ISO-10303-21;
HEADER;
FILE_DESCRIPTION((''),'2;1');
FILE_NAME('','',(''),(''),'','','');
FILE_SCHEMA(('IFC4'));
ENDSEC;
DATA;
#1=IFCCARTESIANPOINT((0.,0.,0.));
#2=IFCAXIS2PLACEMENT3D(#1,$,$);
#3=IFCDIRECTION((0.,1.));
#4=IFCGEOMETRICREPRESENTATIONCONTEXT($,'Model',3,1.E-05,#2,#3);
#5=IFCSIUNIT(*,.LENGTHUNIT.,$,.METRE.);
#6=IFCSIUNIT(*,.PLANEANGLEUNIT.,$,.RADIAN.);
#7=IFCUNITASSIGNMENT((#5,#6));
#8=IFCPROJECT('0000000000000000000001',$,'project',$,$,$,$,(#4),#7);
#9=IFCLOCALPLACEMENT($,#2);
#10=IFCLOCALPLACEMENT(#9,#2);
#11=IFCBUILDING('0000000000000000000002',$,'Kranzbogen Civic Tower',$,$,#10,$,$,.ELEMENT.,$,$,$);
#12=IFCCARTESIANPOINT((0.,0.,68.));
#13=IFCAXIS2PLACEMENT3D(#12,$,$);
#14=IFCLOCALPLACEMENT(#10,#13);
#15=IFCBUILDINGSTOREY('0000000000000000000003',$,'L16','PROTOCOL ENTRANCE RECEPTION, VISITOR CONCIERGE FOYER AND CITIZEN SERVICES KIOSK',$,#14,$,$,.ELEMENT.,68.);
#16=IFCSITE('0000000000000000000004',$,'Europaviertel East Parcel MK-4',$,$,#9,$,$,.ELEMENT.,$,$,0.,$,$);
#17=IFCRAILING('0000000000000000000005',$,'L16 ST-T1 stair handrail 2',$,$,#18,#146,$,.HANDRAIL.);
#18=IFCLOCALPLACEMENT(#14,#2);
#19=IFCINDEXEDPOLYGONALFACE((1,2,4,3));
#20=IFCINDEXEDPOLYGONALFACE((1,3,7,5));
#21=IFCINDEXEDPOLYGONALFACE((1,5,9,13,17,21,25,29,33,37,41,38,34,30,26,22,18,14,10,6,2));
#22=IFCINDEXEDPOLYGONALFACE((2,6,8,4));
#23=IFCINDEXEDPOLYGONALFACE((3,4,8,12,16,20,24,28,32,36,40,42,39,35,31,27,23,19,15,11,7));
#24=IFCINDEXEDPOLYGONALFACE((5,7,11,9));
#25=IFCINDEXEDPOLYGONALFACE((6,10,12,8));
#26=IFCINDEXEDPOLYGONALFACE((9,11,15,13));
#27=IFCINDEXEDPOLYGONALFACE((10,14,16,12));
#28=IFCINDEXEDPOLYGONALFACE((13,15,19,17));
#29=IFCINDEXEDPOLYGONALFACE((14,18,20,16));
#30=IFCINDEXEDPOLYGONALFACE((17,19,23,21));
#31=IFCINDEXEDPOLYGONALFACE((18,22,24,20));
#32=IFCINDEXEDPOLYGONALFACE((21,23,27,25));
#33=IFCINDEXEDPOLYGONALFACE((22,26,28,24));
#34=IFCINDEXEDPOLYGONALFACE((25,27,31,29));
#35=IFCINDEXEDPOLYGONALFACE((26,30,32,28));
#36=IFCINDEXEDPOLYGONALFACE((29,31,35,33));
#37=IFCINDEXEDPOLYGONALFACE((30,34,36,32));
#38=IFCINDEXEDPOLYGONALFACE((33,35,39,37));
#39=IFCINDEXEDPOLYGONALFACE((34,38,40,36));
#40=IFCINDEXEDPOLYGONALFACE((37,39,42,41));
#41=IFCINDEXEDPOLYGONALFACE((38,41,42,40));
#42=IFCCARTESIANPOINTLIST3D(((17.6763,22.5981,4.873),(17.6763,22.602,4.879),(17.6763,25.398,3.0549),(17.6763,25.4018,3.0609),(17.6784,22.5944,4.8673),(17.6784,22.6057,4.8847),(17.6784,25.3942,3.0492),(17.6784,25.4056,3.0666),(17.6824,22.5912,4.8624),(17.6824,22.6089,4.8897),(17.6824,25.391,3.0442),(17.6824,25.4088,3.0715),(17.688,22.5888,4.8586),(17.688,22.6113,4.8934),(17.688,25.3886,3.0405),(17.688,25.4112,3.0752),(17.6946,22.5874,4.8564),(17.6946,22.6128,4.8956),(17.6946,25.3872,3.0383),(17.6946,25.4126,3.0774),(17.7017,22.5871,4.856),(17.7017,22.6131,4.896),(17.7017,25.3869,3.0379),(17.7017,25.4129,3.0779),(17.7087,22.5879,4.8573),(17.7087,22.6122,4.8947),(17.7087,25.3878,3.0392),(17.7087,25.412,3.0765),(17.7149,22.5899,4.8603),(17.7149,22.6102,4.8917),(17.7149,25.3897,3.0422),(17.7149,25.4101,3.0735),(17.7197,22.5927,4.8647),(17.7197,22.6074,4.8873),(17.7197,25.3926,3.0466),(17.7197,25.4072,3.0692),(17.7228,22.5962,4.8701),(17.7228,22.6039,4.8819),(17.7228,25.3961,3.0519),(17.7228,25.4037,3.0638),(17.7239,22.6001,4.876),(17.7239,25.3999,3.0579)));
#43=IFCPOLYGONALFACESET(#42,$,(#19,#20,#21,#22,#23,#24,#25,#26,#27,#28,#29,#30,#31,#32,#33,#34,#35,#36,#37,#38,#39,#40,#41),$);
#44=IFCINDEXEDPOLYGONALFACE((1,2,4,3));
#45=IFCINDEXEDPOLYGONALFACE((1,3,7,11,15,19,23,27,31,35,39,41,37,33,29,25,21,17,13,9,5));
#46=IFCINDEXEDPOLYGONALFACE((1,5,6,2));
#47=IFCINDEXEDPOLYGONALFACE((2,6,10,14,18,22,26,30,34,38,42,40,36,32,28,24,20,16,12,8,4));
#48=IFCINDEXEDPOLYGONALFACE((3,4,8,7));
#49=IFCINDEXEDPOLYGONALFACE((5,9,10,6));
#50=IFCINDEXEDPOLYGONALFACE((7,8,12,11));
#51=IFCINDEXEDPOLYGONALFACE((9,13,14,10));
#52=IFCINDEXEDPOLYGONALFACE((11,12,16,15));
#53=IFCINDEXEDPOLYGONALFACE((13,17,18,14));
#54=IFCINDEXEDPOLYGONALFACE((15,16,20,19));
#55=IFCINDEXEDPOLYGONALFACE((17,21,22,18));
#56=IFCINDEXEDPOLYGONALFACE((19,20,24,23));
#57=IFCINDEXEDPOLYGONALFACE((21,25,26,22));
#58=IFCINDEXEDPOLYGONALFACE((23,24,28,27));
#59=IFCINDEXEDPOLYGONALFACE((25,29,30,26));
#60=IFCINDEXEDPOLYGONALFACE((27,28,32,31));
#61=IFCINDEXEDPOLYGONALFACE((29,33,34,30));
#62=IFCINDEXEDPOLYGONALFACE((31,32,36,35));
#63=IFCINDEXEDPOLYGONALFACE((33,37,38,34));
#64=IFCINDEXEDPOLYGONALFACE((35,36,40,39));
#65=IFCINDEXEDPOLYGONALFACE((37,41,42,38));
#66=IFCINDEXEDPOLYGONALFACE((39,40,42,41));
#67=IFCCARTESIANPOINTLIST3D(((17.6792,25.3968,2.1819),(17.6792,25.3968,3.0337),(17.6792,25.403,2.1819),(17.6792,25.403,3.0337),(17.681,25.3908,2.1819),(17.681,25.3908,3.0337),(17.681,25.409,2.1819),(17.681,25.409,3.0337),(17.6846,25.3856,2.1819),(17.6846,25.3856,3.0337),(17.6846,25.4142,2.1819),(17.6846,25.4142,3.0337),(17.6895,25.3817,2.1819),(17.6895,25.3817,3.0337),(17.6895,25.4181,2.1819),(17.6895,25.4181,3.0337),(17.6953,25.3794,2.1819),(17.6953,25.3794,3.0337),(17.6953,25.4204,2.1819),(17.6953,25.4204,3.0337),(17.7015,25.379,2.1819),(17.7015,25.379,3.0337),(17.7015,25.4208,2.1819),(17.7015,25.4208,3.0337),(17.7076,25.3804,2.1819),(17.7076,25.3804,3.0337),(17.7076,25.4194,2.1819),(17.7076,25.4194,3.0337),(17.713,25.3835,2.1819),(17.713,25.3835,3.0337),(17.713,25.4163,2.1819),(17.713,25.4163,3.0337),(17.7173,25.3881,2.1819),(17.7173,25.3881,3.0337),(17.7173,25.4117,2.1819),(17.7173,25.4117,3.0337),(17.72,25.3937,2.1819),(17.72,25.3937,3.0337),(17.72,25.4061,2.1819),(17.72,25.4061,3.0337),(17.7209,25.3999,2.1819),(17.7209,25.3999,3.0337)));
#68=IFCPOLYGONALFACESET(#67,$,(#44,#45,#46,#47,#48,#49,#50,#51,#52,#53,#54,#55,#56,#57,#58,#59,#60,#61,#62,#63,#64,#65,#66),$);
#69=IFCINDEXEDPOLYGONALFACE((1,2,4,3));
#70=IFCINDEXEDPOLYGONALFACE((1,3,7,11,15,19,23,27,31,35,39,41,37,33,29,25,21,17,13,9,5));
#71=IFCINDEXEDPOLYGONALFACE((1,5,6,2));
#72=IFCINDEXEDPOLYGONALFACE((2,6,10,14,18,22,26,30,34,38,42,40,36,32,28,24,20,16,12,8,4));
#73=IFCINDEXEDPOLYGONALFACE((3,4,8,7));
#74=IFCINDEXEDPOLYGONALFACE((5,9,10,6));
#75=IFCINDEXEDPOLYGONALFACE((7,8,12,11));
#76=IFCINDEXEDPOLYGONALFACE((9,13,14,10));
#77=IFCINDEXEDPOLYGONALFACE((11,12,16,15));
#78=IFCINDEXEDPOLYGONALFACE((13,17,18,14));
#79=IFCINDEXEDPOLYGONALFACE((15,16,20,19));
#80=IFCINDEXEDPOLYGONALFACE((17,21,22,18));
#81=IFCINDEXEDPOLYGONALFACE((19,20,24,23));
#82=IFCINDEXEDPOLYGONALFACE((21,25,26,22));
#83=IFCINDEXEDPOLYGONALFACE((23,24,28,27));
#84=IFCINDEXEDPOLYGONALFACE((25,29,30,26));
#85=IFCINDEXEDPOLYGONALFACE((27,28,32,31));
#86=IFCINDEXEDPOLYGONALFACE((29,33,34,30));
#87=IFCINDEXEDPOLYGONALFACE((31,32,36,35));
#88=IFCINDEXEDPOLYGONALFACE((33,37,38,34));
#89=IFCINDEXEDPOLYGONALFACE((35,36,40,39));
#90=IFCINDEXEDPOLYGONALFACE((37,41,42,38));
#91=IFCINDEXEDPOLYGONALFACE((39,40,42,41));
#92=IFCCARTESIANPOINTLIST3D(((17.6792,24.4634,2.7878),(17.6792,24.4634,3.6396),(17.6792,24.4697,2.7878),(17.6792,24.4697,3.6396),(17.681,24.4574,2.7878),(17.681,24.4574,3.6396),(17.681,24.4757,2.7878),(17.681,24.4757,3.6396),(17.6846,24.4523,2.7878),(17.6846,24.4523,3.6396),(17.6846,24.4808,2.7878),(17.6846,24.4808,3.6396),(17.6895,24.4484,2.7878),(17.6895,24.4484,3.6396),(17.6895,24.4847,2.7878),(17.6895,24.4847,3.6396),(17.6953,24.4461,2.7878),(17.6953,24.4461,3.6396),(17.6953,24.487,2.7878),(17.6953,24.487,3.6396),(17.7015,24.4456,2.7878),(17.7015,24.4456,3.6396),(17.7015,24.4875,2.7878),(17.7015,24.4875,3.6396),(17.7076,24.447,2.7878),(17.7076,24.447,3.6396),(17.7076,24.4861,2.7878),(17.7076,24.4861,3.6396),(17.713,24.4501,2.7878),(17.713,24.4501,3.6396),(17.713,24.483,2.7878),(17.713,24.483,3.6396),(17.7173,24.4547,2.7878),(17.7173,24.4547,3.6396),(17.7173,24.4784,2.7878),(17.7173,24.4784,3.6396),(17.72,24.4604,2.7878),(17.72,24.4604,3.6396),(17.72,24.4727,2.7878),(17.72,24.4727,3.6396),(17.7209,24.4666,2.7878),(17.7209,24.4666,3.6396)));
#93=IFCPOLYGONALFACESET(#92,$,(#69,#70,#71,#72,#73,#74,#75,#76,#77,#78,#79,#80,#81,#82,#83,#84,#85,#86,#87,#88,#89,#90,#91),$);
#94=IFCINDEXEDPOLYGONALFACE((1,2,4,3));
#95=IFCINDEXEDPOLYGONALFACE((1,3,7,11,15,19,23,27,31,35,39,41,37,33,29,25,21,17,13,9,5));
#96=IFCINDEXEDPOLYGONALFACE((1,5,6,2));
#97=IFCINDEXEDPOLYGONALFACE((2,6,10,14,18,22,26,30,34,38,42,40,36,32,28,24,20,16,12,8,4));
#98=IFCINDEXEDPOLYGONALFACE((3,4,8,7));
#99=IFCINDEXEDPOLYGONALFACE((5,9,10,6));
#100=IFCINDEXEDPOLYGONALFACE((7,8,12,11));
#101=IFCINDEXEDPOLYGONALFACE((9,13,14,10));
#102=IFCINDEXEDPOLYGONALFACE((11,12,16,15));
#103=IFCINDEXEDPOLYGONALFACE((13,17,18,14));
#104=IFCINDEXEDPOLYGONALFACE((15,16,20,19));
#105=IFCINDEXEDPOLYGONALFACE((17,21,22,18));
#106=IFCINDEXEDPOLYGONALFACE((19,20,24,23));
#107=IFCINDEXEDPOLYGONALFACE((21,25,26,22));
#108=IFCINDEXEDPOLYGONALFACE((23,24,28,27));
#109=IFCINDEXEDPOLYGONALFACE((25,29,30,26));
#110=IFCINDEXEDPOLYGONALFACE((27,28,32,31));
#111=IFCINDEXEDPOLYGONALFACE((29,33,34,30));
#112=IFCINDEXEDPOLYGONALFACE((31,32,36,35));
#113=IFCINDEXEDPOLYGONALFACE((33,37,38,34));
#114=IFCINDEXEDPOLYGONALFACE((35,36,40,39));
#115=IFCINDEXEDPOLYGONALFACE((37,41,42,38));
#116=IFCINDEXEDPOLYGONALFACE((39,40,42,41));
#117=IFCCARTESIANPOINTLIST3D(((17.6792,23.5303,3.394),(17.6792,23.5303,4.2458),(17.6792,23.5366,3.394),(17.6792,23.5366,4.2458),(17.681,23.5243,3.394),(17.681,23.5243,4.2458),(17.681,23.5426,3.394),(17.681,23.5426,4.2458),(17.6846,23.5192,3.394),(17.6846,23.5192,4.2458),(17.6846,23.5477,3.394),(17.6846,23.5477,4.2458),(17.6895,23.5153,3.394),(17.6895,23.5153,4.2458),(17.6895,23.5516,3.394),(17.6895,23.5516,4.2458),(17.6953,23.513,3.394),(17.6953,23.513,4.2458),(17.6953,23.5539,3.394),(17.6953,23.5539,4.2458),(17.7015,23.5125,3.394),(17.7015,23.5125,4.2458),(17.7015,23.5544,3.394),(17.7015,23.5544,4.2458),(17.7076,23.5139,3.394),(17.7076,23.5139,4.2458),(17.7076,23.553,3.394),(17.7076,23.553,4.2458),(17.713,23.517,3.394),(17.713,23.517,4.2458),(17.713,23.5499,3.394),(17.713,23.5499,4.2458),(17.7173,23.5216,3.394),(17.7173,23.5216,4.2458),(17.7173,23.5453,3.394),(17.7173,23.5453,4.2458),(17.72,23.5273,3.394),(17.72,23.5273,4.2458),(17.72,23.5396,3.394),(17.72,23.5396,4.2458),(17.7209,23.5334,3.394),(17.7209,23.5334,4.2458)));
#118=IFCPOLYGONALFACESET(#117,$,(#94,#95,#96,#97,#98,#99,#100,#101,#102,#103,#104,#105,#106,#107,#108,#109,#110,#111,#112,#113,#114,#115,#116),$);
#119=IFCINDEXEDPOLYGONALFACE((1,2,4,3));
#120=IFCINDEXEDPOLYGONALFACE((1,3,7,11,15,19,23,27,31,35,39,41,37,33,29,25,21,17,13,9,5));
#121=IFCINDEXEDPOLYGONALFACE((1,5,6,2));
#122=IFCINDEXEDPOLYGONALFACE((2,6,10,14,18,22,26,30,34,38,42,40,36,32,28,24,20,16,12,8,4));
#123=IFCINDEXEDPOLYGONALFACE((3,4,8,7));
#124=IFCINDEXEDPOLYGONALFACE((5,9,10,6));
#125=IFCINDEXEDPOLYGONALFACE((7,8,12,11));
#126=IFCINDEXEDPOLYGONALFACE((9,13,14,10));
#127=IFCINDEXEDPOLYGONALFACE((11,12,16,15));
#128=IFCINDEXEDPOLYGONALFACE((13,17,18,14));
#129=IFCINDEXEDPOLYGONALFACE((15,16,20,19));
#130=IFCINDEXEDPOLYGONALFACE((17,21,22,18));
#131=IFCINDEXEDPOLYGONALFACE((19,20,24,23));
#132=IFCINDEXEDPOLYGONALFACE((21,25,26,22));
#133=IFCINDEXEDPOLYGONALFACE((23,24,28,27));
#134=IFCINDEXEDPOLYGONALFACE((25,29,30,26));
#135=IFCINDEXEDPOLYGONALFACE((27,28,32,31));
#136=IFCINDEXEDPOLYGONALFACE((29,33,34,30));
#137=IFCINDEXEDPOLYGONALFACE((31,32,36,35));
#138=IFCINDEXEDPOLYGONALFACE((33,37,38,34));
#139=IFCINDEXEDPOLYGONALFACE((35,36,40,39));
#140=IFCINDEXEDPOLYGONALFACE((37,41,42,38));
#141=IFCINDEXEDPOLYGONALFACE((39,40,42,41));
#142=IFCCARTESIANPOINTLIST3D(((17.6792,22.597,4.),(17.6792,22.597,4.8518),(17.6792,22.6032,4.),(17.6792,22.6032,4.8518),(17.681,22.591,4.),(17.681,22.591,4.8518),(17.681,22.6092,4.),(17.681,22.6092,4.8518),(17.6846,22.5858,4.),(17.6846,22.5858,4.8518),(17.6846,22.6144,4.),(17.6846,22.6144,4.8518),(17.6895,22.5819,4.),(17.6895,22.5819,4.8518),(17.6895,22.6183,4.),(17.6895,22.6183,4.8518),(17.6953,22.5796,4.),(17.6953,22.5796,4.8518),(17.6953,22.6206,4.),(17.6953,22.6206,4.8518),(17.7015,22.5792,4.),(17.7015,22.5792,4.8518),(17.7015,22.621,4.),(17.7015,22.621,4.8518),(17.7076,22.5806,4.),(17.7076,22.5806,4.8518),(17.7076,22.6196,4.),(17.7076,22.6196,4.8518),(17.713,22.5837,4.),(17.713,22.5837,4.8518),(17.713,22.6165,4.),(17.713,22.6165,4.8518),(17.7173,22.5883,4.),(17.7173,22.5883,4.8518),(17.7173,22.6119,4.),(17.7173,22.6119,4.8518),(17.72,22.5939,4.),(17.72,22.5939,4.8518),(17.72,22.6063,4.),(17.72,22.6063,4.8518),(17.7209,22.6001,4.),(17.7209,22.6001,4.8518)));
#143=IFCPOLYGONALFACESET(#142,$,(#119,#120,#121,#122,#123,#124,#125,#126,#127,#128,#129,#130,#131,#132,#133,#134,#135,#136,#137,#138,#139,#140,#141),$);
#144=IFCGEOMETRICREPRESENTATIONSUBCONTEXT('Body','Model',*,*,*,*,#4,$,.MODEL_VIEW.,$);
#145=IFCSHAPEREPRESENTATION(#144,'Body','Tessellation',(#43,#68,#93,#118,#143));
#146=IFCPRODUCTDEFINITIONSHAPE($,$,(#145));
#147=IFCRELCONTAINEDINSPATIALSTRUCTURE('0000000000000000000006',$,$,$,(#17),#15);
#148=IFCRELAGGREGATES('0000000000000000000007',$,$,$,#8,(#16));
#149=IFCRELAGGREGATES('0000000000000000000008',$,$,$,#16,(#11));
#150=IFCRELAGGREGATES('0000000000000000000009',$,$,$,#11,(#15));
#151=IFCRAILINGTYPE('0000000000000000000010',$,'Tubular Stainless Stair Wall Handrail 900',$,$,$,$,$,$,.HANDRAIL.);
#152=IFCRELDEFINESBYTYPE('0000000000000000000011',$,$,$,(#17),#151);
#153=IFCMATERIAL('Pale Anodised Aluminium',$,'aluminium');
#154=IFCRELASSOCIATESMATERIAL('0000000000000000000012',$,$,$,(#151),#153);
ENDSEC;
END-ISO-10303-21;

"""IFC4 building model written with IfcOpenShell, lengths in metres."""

from ifc_helpers import new_model, si_unit, direction, frame, origin, origin_2d, place, context, subcontext, project, spatial, circle, extrude, material, type_object, element, save


model = new_model("IFC4")

# Units and contexts
model_context = context("Model", 3, precision=1e-05, world=origin(), true_north=direction((0.0, 1.0)))
body_context = subcontext(model_context, "Body", "Model", "MODEL_VIEW")
ifc_project = project(units=[si_unit("LENGTHUNIT", "METRE"), si_unit("PLANEANGLEUNIT", "RADIAN")], contexts=[model_context])

# Site, building, storey
site_placement = place(None, origin())
site = spatial("IfcSite", under=ifc_project, at=site_placement, Name="Europaviertel East Parcel MK-4", CompositionType="ELEMENT", RefElevation=0.0)
building_placement = place(site_placement, origin())
building = spatial("IfcBuilding", under=site, at=building_placement, Name="Kranzbogen Civic Tower", CompositionType="ELEMENT")
storey_placement = place(building_placement, frame((0.0, 0.0, 68.0)))
storey = spatial("IfcBuildingStorey", under=building, at=storey_placement, Name="L16", Description="PROTOCOL ENTRANCE RECEPTION, VISITOR CONCIERGE FOYER AND CITIZEN SERVICES KIOSK", CompositionType="ELEMENT", Elevation=68.0)

# Railing
ifc_material_1 = material(Name="Pale Anodised Aluminium", Category="aluminium")
railing_type_1 = type_object("IfcRailingType", Name="Tubular Stainless Stair Wall Handrail 900", PredefinedType="HANDRAIL", material=ifc_material_1)
railing_1_placement = place(storey_placement, frame((17.7, 25.3999, 2.1819)))
element("IfcRailing", 1, at=railing_1_placement, inside=storey, type_object=railing_type_1, Name="L16 ST-T1 stair handrail 2", PredefinedType="HANDRAIL", context=body_context, shape_type="SweptSolid", body=[
    extrude(circle(Radius=0.0239, at=origin_2d()), frame((0.0, 0.0, 0.876), z_axis=(0.0, -0.838684, 0.544618), x_axis=(1.0, 0.0, 0.0)), (0.0, 0.0, 1.0), 3.3384),
    extrude(circle(Radius=0.021, at=origin_2d()), origin(), (0.0, 0.0, 1.0), 0.8518),
    extrude(circle(Radius=0.021, at=origin_2d()), frame((0.0, -0.9333, 0.606)), (0.0, 0.0, 1.0), 0.8518),
    extrude(circle(Radius=0.021, at=origin_2d()), frame((0.0, -1.8665, 1.2122)), (0.0, 0.0, 1.0), 0.8518),
    extrude(circle(Radius=0.021, at=origin_2d()), frame((0.0, -2.7998, 1.8181)), (0.0, 0.0, 1.0), 0.8518),
])

save(model, "model.ifc")
